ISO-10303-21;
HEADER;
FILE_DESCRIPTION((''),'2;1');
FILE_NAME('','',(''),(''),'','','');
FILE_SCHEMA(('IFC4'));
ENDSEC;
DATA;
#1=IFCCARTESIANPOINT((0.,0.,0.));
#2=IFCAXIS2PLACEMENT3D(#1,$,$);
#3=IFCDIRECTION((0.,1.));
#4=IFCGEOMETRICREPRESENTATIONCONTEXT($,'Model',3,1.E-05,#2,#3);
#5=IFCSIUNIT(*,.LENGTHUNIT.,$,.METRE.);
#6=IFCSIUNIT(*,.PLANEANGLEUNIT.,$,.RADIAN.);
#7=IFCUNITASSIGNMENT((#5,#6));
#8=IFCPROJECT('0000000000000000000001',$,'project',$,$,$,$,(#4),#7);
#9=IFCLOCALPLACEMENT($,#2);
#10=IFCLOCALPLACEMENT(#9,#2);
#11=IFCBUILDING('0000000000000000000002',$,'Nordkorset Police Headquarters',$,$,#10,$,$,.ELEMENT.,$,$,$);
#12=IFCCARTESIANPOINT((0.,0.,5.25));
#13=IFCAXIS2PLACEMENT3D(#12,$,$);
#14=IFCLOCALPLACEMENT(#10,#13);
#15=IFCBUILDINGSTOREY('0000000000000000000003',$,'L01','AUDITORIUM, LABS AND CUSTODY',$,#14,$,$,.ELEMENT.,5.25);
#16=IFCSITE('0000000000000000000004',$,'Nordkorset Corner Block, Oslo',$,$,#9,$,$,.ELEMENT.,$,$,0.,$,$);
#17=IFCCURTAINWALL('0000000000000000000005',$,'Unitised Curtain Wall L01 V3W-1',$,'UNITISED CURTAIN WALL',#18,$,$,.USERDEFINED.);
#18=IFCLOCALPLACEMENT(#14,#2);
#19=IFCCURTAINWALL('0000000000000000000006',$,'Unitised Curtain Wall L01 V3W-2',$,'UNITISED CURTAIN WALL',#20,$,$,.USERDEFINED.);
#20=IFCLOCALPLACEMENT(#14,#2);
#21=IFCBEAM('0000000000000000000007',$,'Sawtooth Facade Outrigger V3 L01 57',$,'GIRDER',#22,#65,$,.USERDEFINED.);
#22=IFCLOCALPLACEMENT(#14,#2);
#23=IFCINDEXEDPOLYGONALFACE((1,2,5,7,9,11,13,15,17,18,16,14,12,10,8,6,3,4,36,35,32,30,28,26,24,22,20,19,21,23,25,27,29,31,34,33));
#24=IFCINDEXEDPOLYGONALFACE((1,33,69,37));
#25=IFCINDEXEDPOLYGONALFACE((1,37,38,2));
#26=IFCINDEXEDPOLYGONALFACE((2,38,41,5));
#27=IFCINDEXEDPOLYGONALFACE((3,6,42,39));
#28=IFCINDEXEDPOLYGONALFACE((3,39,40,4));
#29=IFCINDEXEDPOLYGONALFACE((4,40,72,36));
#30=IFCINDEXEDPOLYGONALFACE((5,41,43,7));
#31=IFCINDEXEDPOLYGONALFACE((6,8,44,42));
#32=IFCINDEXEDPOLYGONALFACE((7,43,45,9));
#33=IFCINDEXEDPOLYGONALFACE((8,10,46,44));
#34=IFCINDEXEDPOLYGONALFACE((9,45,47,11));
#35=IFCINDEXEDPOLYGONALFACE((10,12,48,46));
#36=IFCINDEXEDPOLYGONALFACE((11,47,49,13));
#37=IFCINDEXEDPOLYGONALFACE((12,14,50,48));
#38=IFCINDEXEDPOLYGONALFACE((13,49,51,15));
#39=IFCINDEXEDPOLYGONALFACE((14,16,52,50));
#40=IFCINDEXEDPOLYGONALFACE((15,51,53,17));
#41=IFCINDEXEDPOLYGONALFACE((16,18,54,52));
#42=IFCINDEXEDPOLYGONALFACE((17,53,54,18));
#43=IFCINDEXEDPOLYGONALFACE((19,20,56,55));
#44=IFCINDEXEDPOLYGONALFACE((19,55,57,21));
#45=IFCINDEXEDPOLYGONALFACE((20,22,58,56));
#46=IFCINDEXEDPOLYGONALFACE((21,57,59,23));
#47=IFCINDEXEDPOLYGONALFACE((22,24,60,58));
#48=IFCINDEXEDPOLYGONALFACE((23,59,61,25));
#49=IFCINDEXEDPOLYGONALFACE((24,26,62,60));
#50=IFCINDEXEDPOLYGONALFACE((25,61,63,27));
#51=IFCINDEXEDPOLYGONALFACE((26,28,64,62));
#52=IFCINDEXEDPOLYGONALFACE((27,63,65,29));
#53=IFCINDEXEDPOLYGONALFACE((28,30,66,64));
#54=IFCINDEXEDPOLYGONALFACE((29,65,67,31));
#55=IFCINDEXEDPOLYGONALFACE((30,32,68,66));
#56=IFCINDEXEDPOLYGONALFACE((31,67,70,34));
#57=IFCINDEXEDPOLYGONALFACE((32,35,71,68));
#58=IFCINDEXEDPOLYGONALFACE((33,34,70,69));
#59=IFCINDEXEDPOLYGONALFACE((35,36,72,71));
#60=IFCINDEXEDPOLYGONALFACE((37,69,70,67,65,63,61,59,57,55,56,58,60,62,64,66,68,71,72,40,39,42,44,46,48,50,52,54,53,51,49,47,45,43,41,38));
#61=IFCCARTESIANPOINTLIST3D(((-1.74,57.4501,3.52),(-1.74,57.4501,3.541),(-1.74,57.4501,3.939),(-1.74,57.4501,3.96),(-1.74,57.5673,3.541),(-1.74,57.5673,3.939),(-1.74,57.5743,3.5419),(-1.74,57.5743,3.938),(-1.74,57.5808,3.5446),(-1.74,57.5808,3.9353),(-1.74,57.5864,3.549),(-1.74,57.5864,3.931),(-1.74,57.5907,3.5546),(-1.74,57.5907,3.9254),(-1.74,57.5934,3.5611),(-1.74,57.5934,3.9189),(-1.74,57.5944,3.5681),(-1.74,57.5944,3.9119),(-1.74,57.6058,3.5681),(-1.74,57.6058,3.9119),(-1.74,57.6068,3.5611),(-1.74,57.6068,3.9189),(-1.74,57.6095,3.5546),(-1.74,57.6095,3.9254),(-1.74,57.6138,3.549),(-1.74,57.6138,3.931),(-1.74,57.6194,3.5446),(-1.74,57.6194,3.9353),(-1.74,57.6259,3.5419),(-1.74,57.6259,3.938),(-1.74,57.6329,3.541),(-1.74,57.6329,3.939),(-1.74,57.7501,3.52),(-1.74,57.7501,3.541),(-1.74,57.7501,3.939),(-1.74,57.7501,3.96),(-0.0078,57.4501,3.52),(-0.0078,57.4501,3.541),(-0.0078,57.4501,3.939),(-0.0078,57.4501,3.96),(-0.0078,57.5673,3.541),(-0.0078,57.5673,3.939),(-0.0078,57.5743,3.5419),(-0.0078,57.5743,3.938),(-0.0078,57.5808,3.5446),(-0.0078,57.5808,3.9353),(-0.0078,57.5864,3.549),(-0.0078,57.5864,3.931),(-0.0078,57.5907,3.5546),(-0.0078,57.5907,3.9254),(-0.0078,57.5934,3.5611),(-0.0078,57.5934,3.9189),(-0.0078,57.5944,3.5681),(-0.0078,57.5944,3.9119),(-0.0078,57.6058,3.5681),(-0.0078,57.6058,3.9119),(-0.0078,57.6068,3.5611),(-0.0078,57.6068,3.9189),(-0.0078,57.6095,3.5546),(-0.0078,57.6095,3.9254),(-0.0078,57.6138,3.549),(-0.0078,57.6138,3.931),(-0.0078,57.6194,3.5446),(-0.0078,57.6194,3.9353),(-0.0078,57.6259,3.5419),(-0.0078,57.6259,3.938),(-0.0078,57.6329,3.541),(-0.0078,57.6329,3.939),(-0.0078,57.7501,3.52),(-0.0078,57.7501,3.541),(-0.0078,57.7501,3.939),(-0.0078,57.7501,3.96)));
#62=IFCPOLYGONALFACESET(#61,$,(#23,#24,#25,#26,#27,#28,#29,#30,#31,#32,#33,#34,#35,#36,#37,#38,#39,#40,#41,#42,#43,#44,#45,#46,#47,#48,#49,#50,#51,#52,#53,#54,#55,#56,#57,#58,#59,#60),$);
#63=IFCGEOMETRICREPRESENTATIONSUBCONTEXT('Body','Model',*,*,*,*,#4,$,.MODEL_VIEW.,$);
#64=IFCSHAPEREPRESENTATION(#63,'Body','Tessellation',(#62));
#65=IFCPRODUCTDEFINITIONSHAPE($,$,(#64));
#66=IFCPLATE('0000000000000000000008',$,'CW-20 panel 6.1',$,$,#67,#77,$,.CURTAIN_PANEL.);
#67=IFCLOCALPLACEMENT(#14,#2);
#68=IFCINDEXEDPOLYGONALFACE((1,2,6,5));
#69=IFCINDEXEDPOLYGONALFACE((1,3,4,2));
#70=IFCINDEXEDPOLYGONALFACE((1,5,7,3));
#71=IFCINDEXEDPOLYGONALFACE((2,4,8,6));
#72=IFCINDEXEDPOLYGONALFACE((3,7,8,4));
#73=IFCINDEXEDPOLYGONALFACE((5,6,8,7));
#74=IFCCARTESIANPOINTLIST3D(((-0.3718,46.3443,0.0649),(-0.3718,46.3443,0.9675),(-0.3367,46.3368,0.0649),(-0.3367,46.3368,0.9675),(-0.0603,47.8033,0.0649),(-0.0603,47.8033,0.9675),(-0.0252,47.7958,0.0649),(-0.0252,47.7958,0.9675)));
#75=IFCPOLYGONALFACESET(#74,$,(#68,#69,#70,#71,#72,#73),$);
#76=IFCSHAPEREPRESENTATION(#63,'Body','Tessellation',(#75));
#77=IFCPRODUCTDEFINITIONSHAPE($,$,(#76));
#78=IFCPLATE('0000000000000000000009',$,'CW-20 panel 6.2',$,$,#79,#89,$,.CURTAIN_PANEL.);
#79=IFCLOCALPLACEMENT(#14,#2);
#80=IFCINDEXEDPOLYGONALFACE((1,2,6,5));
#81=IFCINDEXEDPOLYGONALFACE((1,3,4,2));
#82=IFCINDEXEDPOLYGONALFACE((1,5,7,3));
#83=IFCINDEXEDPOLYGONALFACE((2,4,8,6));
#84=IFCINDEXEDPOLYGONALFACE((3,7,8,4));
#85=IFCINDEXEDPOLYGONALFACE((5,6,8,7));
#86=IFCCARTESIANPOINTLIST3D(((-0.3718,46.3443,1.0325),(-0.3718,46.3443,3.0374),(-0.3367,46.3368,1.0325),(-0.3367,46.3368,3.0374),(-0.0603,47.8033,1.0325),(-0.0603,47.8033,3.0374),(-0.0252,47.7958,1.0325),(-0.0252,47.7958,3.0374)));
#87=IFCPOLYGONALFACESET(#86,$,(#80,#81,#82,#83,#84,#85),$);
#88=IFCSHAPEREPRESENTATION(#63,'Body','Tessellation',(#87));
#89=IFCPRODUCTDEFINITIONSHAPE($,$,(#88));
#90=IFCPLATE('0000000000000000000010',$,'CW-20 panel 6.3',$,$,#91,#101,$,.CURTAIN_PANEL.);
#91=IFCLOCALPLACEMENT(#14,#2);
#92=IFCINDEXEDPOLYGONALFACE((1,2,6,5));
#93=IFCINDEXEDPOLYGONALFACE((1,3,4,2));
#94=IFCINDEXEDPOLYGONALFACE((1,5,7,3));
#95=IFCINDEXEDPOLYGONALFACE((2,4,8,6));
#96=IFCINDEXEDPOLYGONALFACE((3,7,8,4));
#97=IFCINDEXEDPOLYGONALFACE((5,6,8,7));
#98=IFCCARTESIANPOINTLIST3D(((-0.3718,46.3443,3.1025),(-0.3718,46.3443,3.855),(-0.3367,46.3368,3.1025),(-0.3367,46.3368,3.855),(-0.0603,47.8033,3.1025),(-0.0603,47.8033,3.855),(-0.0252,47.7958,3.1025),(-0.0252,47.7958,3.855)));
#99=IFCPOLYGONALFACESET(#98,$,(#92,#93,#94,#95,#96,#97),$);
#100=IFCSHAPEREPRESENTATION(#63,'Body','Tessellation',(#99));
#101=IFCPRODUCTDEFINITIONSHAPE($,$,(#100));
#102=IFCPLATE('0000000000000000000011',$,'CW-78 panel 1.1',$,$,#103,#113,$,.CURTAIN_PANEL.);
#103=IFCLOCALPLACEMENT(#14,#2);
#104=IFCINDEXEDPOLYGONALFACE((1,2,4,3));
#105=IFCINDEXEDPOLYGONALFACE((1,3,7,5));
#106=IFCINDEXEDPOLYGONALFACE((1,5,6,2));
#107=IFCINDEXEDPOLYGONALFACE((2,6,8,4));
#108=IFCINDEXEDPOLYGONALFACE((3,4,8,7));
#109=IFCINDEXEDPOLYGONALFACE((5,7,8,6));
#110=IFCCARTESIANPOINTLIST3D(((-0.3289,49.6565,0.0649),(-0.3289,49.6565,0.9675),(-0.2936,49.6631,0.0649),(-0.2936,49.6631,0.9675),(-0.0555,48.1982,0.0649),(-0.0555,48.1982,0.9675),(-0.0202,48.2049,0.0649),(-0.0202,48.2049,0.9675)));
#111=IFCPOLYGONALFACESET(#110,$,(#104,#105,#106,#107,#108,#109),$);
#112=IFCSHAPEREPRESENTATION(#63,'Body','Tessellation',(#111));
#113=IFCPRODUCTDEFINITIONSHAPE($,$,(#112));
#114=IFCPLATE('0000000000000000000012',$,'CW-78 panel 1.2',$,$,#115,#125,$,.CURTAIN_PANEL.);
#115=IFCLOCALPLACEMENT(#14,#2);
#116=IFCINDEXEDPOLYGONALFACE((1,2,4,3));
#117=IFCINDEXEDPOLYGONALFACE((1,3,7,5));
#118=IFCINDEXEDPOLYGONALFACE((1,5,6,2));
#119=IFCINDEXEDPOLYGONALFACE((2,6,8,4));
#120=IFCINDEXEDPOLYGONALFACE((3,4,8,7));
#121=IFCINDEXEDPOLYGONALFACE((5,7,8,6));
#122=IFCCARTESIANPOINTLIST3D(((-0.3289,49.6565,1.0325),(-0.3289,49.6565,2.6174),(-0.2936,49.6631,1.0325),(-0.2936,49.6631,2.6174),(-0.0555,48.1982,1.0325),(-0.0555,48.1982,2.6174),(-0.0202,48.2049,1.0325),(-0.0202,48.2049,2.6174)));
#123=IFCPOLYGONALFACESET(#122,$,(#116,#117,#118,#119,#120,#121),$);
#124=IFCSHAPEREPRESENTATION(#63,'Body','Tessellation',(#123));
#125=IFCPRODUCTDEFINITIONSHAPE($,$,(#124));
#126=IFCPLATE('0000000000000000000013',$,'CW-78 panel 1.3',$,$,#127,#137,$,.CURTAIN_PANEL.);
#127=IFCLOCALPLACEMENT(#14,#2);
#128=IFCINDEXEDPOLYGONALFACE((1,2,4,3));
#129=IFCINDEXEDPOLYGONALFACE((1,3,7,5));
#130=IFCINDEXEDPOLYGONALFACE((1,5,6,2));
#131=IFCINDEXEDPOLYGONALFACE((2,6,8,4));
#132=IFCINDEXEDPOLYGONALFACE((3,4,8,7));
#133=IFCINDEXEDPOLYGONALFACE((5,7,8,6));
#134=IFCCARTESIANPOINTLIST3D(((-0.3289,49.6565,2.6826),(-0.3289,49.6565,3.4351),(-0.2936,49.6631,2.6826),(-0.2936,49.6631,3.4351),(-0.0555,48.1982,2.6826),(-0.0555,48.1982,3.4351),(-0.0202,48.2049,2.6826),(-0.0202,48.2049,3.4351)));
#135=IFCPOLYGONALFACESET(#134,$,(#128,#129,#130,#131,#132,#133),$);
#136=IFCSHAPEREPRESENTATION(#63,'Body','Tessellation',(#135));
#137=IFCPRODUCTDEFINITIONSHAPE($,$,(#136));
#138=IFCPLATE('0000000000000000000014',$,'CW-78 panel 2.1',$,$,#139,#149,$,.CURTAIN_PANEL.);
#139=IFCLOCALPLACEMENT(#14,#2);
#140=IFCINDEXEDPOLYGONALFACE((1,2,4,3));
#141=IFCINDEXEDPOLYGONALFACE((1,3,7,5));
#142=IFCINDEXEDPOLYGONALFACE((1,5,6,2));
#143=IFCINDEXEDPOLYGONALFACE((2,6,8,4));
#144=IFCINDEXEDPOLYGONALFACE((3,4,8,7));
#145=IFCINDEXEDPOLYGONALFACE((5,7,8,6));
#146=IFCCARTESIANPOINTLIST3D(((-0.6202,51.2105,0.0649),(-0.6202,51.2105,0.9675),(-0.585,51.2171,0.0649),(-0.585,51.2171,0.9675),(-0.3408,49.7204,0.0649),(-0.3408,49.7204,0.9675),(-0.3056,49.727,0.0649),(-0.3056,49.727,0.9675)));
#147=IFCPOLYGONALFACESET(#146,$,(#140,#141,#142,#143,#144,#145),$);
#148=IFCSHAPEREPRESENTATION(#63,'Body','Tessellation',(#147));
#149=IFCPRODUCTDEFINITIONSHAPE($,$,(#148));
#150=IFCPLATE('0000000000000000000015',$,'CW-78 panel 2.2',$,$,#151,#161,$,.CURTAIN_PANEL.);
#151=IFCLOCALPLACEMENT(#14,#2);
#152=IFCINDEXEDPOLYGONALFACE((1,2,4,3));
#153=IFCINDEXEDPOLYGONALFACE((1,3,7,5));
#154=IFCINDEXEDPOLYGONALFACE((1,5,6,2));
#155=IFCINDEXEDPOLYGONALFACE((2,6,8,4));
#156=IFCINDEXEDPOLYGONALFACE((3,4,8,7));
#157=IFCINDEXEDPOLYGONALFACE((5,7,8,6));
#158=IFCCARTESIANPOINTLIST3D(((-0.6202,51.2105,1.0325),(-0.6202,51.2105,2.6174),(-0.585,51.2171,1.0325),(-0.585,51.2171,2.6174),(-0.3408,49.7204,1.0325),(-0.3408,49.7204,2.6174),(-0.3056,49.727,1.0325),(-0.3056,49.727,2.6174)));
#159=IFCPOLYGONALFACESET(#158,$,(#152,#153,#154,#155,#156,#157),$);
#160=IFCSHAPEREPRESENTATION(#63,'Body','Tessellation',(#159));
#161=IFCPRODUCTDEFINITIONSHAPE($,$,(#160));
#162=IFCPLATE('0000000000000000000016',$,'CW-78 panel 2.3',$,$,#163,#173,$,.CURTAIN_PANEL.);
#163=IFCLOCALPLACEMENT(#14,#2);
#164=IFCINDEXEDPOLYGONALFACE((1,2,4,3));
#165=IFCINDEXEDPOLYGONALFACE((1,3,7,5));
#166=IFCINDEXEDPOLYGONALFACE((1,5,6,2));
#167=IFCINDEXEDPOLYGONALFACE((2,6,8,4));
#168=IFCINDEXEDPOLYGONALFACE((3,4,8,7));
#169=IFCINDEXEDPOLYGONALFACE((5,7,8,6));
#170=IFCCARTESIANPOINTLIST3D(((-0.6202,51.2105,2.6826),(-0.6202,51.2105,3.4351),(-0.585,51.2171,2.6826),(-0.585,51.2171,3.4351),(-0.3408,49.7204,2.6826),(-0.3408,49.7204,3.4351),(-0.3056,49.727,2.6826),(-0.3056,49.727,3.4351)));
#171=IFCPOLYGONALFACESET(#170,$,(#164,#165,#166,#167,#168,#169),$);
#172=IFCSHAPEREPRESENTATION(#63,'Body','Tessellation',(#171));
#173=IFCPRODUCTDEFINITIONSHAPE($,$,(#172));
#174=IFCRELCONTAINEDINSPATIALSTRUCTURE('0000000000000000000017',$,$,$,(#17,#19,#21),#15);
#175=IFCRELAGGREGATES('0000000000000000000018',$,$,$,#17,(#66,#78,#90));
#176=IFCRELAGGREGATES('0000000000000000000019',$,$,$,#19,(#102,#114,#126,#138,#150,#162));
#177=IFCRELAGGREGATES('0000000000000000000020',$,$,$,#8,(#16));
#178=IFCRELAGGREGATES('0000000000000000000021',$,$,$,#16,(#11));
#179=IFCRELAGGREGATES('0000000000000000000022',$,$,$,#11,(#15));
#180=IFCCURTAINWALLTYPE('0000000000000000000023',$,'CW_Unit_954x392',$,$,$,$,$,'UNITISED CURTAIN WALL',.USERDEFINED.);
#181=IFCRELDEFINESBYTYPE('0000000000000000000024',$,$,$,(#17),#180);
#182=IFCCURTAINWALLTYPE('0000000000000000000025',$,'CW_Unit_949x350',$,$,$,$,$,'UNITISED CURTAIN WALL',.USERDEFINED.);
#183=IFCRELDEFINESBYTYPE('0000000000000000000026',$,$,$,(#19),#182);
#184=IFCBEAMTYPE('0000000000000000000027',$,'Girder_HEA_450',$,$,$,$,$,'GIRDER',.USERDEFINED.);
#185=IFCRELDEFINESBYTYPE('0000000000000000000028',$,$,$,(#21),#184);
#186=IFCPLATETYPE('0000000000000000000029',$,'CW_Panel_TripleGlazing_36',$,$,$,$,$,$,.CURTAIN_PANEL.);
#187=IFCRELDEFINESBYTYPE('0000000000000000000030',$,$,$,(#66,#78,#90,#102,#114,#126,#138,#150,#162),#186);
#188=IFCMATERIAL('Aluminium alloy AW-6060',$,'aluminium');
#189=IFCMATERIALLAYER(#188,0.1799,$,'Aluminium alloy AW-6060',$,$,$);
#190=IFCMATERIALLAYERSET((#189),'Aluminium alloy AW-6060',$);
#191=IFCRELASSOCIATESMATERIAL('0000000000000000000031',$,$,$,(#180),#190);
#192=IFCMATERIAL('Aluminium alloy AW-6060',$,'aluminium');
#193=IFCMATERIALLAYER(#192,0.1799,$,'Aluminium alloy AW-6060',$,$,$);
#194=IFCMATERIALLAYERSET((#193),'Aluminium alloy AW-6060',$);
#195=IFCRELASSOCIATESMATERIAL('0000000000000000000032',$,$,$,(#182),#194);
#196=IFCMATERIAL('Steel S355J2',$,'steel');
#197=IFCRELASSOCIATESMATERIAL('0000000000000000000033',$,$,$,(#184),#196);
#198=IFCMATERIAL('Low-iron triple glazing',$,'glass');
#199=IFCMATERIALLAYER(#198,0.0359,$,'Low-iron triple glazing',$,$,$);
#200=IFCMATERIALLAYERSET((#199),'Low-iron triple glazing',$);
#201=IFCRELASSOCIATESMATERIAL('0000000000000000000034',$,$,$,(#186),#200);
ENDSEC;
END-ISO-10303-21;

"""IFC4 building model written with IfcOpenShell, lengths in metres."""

from ifc_helpers import new_model, si_unit, direction, frame, origin, origin_2d, place, context, subcontext, project, spatial, rectangle, i_section, extrude, material, layer, layer_set, material_profile, profile_set, type_object, element, aggregate, save


model = new_model("IFC4")

# Units and contexts
model_context = context("Model", 3, precision=1e-05, world=origin(), true_north=direction((0.0, 1.0)))
body_context = subcontext(model_context, "Body", "Model", "MODEL_VIEW")
ifc_project = project(units=[si_unit("LENGTHUNIT", "METRE"), si_unit("PLANEANGLEUNIT", "RADIAN")], contexts=[model_context])

# Site, building, storey
site_placement = place(None, origin())
site = spatial("IfcSite", under=ifc_project, at=site_placement, Name="Nordkorset Corner Block, Oslo", CompositionType="ELEMENT", RefElevation=0.0)
building_placement = place(site_placement, origin())
building = spatial("IfcBuilding", under=site, at=building_placement, Name="Nordkorset Police Headquarters", CompositionType="ELEMENT")
storey_placement = place(building_placement, frame((0.0, 0.0, 5.25)))
storey = spatial("IfcBuildingStorey", under=building, at=storey_placement, Name="L01", Description="AUDITORIUM, LABS AND CUSTODY", CompositionType="ELEMENT", Elevation=5.25)

# Curtain wall
ifc_material_1 = material(Name="Aluminium alloy AW-6060", Category="aluminium")
ifc_layer_1 = layer(ifc_material_1, 0.1799, Name="Aluminium alloy AW-6060")
ifc_layer_set_1 = layer_set([ifc_layer_1], Name="Aluminium alloy AW-6060")
curtain_wall_type_1 = type_object("IfcCurtainWallType", Name="CW_Unit_954x392", ElementType="UNITISED CURTAIN WALL", PredefinedType="USERDEFINED", material=ifc_layer_set_1)
curtain_wall_1_placement = place(storey_placement, origin())
curtain_wall_1 = element("IfcCurtainWall", 1, at=curtain_wall_1_placement, inside=storey, type_object=curtain_wall_type_1, Name="Unitised Curtain Wall L01 V3W-1", ObjectType="UNITISED CURTAIN WALL", PredefinedType="USERDEFINED")

# Curtain wall
ifc_material_2 = material(Name="Aluminium alloy AW-6060", Category="aluminium")
ifc_layer_2 = layer(ifc_material_2, 0.1799, Name="Aluminium alloy AW-6060")
ifc_layer_set_2 = layer_set([ifc_layer_2], Name="Aluminium alloy AW-6060")
curtain_wall_type_2 = type_object("IfcCurtainWallType", Name="CW_Unit_949x350", ElementType="UNITISED CURTAIN WALL", PredefinedType="USERDEFINED", material=ifc_layer_set_2)
curtain_wall_2_placement = place(storey_placement, origin())
curtain_wall_2 = element("IfcCurtainWall", 2, at=curtain_wall_2_placement, inside=storey, type_object=curtain_wall_type_2, Name="Unitised Curtain Wall L01 V3W-2", ObjectType="UNITISED CURTAIN WALL", PredefinedType="USERDEFINED")

# Beam
ifc_material_3 = material(Name="Steel S355J2", Category="steel")
ifc_material_profile_1 = material_profile(ifc_material_3, i_section(OverallWidth=0.3, OverallDepth=0.4399, WebThickness=0.0115, FlangeThickness=0.021, FilletRadius=0.0271, at=origin_2d()), Name="HEA 450")
ifc_profile_set_1 = profile_set([ifc_material_profile_1], Name="Steel S355J2")
beam_type = type_object("IfcBeamType", Name="Girder_HEA_450", ElementType="GIRDER", PredefinedType="USERDEFINED", material=ifc_profile_set_1)
beam_placement = place(storey_placement, frame((-0.0078, 57.6001, 3.74), z_axis=(-1.0, 0.0, 0.0), x_axis=(0.0, -1.0, 0.0)))
element("IfcBeam", 3, at=beam_placement, inside=storey, type_object=beam_type, Name="Sawtooth Facade Outrigger V3 L01 57", ObjectType="GIRDER", PredefinedType="USERDEFINED", context=body_context, shape_type="SweptSolid", body=[
    extrude(i_section(OverallWidth=0.3, OverallDepth=0.4399, WebThickness=0.0115, FlangeThickness=0.021, FilletRadius=0.0271, at=origin_2d()), origin(), (0.0, 0.0, 1.0), 1.7322),
])

# Plates
ifc_material_4 = material(Name="Low-iron triple glazing", Category="glass")
ifc_layer_3 = layer(ifc_material_4, 0.0359, Name="Low-iron triple glazing")
ifc_layer_set_3 = layer_set([ifc_layer_3], Name="Low-iron triple glazing")
plate_type = type_object("IfcPlateType", Name="CW_Panel_TripleGlazing_36", PredefinedType="CURTAIN_PANEL", material=ifc_layer_set_3)
plate_1_placement = place(storey_placement, frame((-0.1985, 47.0701, 0.0649), z_axis=(0.0, 0.0, 1.0), x_axis=(0.208833, 0.977951, 0.0)))
plate_1 = element("IfcPlate", 4, at=plate_1_placement, type_object=plate_type, Name="CW-20 panel 6.1", PredefinedType="CURTAIN_PANEL", context=body_context, shape_type="SweptSolid", body=[
    extrude(rectangle(XDim=1.4919, YDim=0.0359, at=origin_2d()), origin(), (0.0, 0.0, 1.0), 0.9026),
])
plate_2_placement = place(storey_placement, frame((-0.1985, 47.0701, 1.0325), z_axis=(0.0, 0.0, 1.0), x_axis=(0.208833, 0.977951, 0.0)))
plate_2 = element("IfcPlate", 5, at=plate_2_placement, type_object=plate_type, Name="CW-20 panel 6.2", PredefinedType="CURTAIN_PANEL", context=body_context, shape_type="SweptSolid", body=[
    extrude(rectangle(XDim=1.4919, YDim=0.0359, at=origin_2d()), origin(), (0.0, 0.0, 1.0), 2.0049),
])
plate_3_placement = place(storey_placement, frame((-0.1985, 47.0701, 3.1025), z_axis=(0.0, 0.0, 1.0), x_axis=(0.208833, 0.977951, 0.0)))
plate_3 = element("IfcPlate", 6, at=plate_3_placement, type_object=plate_type, Name="CW-20 panel 6.3", PredefinedType="CURTAIN_PANEL", context=body_context, shape_type="SweptSolid", body=[
    extrude(rectangle(XDim=1.4919, YDim=0.0359, at=origin_2d()), origin(), (0.0, 0.0, 1.0), 0.7524),
])
aggregate(curtain_wall_1, [plate_1, plate_2, plate_3])
plate_4_placement = place(storey_placement, frame((-0.1746, 48.9307, 0.0649), z_axis=(0.0, 0.0, 1.0), x_axis=(-0.184289, 0.982872, 0.0)))
plate_4 = element("IfcPlate", 7, at=plate_4_placement, type_object=plate_type, Name="CW-78 panel 1.1", PredefinedType="CURTAIN_PANEL", context=body_context, shape_type="SweptSolid", body=[
    extrude(rectangle(XDim=1.4836, YDim=0.0359, at=origin_2d()), origin(), (0.0, 0.0, 1.0), 0.9026),
])
plate_5_placement = place(storey_placement, frame((-0.1746, 48.9307, 1.0325), z_axis=(0.0, 0.0, 1.0), x_axis=(-0.184289, 0.982872, 0.0)))
plate_5 = element("IfcPlate", 8, at=plate_5_placement, type_object=plate_type, Name="CW-78 panel 1.2", PredefinedType="CURTAIN_PANEL", context=body_context, shape_type="SweptSolid", body=[
    extrude(rectangle(XDim=1.4836, YDim=0.0359, at=origin_2d()), origin(), (0.0, 0.0, 1.0), 1.585),
])
plate_6_placement = place(storey_placement, frame((-0.1746, 48.9307, 2.6826), z_axis=(0.0, 0.0, 1.0), x_axis=(-0.184289, 0.982872, 0.0)))
plate_6 = element("IfcPlate", 9, at=plate_6_placement, type_object=plate_type, Name="CW-78 panel 1.3", PredefinedType="CURTAIN_PANEL", context=body_context, shape_type="SweptSolid", body=[
    extrude(rectangle(XDim=1.4836, YDim=0.0359, at=origin_2d()), origin(), (0.0, 0.0, 1.0), 0.7524),
])
plate_7_placement = place(storey_placement, frame((-0.4629, 50.4688, 0.0649), z_axis=(0.0, 0.0, 1.0), x_axis=(-0.184289, 0.982872, 0.0)))
plate_7 = element("IfcPlate", 10, at=plate_7_placement, type_object=plate_type, Name="CW-78 panel 2.1", PredefinedType="CURTAIN_PANEL", context=body_context, shape_type="SweptSolid", body=[
    extrude(rectangle(XDim=1.5161, YDim=0.0359, at=origin_2d()), origin(), (0.0, 0.0, 1.0), 0.9026),
])
plate_8_placement = place(storey_placement, frame((-0.4629, 50.4688, 1.0325), z_axis=(0.0, 0.0, 1.0), x_axis=(-0.184289, 0.982872, 0.0)))
plate_8 = element("IfcPlate", 11, at=plate_8_placement, type_object=plate_type, Name="CW-78 panel 2.2", PredefinedType="CURTAIN_PANEL", context=body_context, shape_type="SweptSolid", body=[
    extrude(rectangle(XDim=1.5161, YDim=0.0359, at=origin_2d()), origin(), (0.0, 0.0, 1.0), 1.585),
])
plate_9_placement = place(storey_placement, frame((-0.4629, 50.4688, 2.6826), z_axis=(0.0, 0.0, 1.0), x_axis=(-0.184289, 0.982872, 0.0)))
plate_9 = element("IfcPlate", 12, at=plate_9_placement, type_object=plate_type, Name="CW-78 panel 2.3", PredefinedType="CURTAIN_PANEL", context=body_context, shape_type="SweptSolid", body=[
    extrude(rectangle(XDim=1.5161, YDim=0.0359, at=origin_2d()), origin(), (0.0, 0.0, 1.0), 0.7524),
])
aggregate(curtain_wall_2, [plate_4, plate_5, plate_6, plate_7, plate_8, plate_9])

save(model, "model.ifc")
